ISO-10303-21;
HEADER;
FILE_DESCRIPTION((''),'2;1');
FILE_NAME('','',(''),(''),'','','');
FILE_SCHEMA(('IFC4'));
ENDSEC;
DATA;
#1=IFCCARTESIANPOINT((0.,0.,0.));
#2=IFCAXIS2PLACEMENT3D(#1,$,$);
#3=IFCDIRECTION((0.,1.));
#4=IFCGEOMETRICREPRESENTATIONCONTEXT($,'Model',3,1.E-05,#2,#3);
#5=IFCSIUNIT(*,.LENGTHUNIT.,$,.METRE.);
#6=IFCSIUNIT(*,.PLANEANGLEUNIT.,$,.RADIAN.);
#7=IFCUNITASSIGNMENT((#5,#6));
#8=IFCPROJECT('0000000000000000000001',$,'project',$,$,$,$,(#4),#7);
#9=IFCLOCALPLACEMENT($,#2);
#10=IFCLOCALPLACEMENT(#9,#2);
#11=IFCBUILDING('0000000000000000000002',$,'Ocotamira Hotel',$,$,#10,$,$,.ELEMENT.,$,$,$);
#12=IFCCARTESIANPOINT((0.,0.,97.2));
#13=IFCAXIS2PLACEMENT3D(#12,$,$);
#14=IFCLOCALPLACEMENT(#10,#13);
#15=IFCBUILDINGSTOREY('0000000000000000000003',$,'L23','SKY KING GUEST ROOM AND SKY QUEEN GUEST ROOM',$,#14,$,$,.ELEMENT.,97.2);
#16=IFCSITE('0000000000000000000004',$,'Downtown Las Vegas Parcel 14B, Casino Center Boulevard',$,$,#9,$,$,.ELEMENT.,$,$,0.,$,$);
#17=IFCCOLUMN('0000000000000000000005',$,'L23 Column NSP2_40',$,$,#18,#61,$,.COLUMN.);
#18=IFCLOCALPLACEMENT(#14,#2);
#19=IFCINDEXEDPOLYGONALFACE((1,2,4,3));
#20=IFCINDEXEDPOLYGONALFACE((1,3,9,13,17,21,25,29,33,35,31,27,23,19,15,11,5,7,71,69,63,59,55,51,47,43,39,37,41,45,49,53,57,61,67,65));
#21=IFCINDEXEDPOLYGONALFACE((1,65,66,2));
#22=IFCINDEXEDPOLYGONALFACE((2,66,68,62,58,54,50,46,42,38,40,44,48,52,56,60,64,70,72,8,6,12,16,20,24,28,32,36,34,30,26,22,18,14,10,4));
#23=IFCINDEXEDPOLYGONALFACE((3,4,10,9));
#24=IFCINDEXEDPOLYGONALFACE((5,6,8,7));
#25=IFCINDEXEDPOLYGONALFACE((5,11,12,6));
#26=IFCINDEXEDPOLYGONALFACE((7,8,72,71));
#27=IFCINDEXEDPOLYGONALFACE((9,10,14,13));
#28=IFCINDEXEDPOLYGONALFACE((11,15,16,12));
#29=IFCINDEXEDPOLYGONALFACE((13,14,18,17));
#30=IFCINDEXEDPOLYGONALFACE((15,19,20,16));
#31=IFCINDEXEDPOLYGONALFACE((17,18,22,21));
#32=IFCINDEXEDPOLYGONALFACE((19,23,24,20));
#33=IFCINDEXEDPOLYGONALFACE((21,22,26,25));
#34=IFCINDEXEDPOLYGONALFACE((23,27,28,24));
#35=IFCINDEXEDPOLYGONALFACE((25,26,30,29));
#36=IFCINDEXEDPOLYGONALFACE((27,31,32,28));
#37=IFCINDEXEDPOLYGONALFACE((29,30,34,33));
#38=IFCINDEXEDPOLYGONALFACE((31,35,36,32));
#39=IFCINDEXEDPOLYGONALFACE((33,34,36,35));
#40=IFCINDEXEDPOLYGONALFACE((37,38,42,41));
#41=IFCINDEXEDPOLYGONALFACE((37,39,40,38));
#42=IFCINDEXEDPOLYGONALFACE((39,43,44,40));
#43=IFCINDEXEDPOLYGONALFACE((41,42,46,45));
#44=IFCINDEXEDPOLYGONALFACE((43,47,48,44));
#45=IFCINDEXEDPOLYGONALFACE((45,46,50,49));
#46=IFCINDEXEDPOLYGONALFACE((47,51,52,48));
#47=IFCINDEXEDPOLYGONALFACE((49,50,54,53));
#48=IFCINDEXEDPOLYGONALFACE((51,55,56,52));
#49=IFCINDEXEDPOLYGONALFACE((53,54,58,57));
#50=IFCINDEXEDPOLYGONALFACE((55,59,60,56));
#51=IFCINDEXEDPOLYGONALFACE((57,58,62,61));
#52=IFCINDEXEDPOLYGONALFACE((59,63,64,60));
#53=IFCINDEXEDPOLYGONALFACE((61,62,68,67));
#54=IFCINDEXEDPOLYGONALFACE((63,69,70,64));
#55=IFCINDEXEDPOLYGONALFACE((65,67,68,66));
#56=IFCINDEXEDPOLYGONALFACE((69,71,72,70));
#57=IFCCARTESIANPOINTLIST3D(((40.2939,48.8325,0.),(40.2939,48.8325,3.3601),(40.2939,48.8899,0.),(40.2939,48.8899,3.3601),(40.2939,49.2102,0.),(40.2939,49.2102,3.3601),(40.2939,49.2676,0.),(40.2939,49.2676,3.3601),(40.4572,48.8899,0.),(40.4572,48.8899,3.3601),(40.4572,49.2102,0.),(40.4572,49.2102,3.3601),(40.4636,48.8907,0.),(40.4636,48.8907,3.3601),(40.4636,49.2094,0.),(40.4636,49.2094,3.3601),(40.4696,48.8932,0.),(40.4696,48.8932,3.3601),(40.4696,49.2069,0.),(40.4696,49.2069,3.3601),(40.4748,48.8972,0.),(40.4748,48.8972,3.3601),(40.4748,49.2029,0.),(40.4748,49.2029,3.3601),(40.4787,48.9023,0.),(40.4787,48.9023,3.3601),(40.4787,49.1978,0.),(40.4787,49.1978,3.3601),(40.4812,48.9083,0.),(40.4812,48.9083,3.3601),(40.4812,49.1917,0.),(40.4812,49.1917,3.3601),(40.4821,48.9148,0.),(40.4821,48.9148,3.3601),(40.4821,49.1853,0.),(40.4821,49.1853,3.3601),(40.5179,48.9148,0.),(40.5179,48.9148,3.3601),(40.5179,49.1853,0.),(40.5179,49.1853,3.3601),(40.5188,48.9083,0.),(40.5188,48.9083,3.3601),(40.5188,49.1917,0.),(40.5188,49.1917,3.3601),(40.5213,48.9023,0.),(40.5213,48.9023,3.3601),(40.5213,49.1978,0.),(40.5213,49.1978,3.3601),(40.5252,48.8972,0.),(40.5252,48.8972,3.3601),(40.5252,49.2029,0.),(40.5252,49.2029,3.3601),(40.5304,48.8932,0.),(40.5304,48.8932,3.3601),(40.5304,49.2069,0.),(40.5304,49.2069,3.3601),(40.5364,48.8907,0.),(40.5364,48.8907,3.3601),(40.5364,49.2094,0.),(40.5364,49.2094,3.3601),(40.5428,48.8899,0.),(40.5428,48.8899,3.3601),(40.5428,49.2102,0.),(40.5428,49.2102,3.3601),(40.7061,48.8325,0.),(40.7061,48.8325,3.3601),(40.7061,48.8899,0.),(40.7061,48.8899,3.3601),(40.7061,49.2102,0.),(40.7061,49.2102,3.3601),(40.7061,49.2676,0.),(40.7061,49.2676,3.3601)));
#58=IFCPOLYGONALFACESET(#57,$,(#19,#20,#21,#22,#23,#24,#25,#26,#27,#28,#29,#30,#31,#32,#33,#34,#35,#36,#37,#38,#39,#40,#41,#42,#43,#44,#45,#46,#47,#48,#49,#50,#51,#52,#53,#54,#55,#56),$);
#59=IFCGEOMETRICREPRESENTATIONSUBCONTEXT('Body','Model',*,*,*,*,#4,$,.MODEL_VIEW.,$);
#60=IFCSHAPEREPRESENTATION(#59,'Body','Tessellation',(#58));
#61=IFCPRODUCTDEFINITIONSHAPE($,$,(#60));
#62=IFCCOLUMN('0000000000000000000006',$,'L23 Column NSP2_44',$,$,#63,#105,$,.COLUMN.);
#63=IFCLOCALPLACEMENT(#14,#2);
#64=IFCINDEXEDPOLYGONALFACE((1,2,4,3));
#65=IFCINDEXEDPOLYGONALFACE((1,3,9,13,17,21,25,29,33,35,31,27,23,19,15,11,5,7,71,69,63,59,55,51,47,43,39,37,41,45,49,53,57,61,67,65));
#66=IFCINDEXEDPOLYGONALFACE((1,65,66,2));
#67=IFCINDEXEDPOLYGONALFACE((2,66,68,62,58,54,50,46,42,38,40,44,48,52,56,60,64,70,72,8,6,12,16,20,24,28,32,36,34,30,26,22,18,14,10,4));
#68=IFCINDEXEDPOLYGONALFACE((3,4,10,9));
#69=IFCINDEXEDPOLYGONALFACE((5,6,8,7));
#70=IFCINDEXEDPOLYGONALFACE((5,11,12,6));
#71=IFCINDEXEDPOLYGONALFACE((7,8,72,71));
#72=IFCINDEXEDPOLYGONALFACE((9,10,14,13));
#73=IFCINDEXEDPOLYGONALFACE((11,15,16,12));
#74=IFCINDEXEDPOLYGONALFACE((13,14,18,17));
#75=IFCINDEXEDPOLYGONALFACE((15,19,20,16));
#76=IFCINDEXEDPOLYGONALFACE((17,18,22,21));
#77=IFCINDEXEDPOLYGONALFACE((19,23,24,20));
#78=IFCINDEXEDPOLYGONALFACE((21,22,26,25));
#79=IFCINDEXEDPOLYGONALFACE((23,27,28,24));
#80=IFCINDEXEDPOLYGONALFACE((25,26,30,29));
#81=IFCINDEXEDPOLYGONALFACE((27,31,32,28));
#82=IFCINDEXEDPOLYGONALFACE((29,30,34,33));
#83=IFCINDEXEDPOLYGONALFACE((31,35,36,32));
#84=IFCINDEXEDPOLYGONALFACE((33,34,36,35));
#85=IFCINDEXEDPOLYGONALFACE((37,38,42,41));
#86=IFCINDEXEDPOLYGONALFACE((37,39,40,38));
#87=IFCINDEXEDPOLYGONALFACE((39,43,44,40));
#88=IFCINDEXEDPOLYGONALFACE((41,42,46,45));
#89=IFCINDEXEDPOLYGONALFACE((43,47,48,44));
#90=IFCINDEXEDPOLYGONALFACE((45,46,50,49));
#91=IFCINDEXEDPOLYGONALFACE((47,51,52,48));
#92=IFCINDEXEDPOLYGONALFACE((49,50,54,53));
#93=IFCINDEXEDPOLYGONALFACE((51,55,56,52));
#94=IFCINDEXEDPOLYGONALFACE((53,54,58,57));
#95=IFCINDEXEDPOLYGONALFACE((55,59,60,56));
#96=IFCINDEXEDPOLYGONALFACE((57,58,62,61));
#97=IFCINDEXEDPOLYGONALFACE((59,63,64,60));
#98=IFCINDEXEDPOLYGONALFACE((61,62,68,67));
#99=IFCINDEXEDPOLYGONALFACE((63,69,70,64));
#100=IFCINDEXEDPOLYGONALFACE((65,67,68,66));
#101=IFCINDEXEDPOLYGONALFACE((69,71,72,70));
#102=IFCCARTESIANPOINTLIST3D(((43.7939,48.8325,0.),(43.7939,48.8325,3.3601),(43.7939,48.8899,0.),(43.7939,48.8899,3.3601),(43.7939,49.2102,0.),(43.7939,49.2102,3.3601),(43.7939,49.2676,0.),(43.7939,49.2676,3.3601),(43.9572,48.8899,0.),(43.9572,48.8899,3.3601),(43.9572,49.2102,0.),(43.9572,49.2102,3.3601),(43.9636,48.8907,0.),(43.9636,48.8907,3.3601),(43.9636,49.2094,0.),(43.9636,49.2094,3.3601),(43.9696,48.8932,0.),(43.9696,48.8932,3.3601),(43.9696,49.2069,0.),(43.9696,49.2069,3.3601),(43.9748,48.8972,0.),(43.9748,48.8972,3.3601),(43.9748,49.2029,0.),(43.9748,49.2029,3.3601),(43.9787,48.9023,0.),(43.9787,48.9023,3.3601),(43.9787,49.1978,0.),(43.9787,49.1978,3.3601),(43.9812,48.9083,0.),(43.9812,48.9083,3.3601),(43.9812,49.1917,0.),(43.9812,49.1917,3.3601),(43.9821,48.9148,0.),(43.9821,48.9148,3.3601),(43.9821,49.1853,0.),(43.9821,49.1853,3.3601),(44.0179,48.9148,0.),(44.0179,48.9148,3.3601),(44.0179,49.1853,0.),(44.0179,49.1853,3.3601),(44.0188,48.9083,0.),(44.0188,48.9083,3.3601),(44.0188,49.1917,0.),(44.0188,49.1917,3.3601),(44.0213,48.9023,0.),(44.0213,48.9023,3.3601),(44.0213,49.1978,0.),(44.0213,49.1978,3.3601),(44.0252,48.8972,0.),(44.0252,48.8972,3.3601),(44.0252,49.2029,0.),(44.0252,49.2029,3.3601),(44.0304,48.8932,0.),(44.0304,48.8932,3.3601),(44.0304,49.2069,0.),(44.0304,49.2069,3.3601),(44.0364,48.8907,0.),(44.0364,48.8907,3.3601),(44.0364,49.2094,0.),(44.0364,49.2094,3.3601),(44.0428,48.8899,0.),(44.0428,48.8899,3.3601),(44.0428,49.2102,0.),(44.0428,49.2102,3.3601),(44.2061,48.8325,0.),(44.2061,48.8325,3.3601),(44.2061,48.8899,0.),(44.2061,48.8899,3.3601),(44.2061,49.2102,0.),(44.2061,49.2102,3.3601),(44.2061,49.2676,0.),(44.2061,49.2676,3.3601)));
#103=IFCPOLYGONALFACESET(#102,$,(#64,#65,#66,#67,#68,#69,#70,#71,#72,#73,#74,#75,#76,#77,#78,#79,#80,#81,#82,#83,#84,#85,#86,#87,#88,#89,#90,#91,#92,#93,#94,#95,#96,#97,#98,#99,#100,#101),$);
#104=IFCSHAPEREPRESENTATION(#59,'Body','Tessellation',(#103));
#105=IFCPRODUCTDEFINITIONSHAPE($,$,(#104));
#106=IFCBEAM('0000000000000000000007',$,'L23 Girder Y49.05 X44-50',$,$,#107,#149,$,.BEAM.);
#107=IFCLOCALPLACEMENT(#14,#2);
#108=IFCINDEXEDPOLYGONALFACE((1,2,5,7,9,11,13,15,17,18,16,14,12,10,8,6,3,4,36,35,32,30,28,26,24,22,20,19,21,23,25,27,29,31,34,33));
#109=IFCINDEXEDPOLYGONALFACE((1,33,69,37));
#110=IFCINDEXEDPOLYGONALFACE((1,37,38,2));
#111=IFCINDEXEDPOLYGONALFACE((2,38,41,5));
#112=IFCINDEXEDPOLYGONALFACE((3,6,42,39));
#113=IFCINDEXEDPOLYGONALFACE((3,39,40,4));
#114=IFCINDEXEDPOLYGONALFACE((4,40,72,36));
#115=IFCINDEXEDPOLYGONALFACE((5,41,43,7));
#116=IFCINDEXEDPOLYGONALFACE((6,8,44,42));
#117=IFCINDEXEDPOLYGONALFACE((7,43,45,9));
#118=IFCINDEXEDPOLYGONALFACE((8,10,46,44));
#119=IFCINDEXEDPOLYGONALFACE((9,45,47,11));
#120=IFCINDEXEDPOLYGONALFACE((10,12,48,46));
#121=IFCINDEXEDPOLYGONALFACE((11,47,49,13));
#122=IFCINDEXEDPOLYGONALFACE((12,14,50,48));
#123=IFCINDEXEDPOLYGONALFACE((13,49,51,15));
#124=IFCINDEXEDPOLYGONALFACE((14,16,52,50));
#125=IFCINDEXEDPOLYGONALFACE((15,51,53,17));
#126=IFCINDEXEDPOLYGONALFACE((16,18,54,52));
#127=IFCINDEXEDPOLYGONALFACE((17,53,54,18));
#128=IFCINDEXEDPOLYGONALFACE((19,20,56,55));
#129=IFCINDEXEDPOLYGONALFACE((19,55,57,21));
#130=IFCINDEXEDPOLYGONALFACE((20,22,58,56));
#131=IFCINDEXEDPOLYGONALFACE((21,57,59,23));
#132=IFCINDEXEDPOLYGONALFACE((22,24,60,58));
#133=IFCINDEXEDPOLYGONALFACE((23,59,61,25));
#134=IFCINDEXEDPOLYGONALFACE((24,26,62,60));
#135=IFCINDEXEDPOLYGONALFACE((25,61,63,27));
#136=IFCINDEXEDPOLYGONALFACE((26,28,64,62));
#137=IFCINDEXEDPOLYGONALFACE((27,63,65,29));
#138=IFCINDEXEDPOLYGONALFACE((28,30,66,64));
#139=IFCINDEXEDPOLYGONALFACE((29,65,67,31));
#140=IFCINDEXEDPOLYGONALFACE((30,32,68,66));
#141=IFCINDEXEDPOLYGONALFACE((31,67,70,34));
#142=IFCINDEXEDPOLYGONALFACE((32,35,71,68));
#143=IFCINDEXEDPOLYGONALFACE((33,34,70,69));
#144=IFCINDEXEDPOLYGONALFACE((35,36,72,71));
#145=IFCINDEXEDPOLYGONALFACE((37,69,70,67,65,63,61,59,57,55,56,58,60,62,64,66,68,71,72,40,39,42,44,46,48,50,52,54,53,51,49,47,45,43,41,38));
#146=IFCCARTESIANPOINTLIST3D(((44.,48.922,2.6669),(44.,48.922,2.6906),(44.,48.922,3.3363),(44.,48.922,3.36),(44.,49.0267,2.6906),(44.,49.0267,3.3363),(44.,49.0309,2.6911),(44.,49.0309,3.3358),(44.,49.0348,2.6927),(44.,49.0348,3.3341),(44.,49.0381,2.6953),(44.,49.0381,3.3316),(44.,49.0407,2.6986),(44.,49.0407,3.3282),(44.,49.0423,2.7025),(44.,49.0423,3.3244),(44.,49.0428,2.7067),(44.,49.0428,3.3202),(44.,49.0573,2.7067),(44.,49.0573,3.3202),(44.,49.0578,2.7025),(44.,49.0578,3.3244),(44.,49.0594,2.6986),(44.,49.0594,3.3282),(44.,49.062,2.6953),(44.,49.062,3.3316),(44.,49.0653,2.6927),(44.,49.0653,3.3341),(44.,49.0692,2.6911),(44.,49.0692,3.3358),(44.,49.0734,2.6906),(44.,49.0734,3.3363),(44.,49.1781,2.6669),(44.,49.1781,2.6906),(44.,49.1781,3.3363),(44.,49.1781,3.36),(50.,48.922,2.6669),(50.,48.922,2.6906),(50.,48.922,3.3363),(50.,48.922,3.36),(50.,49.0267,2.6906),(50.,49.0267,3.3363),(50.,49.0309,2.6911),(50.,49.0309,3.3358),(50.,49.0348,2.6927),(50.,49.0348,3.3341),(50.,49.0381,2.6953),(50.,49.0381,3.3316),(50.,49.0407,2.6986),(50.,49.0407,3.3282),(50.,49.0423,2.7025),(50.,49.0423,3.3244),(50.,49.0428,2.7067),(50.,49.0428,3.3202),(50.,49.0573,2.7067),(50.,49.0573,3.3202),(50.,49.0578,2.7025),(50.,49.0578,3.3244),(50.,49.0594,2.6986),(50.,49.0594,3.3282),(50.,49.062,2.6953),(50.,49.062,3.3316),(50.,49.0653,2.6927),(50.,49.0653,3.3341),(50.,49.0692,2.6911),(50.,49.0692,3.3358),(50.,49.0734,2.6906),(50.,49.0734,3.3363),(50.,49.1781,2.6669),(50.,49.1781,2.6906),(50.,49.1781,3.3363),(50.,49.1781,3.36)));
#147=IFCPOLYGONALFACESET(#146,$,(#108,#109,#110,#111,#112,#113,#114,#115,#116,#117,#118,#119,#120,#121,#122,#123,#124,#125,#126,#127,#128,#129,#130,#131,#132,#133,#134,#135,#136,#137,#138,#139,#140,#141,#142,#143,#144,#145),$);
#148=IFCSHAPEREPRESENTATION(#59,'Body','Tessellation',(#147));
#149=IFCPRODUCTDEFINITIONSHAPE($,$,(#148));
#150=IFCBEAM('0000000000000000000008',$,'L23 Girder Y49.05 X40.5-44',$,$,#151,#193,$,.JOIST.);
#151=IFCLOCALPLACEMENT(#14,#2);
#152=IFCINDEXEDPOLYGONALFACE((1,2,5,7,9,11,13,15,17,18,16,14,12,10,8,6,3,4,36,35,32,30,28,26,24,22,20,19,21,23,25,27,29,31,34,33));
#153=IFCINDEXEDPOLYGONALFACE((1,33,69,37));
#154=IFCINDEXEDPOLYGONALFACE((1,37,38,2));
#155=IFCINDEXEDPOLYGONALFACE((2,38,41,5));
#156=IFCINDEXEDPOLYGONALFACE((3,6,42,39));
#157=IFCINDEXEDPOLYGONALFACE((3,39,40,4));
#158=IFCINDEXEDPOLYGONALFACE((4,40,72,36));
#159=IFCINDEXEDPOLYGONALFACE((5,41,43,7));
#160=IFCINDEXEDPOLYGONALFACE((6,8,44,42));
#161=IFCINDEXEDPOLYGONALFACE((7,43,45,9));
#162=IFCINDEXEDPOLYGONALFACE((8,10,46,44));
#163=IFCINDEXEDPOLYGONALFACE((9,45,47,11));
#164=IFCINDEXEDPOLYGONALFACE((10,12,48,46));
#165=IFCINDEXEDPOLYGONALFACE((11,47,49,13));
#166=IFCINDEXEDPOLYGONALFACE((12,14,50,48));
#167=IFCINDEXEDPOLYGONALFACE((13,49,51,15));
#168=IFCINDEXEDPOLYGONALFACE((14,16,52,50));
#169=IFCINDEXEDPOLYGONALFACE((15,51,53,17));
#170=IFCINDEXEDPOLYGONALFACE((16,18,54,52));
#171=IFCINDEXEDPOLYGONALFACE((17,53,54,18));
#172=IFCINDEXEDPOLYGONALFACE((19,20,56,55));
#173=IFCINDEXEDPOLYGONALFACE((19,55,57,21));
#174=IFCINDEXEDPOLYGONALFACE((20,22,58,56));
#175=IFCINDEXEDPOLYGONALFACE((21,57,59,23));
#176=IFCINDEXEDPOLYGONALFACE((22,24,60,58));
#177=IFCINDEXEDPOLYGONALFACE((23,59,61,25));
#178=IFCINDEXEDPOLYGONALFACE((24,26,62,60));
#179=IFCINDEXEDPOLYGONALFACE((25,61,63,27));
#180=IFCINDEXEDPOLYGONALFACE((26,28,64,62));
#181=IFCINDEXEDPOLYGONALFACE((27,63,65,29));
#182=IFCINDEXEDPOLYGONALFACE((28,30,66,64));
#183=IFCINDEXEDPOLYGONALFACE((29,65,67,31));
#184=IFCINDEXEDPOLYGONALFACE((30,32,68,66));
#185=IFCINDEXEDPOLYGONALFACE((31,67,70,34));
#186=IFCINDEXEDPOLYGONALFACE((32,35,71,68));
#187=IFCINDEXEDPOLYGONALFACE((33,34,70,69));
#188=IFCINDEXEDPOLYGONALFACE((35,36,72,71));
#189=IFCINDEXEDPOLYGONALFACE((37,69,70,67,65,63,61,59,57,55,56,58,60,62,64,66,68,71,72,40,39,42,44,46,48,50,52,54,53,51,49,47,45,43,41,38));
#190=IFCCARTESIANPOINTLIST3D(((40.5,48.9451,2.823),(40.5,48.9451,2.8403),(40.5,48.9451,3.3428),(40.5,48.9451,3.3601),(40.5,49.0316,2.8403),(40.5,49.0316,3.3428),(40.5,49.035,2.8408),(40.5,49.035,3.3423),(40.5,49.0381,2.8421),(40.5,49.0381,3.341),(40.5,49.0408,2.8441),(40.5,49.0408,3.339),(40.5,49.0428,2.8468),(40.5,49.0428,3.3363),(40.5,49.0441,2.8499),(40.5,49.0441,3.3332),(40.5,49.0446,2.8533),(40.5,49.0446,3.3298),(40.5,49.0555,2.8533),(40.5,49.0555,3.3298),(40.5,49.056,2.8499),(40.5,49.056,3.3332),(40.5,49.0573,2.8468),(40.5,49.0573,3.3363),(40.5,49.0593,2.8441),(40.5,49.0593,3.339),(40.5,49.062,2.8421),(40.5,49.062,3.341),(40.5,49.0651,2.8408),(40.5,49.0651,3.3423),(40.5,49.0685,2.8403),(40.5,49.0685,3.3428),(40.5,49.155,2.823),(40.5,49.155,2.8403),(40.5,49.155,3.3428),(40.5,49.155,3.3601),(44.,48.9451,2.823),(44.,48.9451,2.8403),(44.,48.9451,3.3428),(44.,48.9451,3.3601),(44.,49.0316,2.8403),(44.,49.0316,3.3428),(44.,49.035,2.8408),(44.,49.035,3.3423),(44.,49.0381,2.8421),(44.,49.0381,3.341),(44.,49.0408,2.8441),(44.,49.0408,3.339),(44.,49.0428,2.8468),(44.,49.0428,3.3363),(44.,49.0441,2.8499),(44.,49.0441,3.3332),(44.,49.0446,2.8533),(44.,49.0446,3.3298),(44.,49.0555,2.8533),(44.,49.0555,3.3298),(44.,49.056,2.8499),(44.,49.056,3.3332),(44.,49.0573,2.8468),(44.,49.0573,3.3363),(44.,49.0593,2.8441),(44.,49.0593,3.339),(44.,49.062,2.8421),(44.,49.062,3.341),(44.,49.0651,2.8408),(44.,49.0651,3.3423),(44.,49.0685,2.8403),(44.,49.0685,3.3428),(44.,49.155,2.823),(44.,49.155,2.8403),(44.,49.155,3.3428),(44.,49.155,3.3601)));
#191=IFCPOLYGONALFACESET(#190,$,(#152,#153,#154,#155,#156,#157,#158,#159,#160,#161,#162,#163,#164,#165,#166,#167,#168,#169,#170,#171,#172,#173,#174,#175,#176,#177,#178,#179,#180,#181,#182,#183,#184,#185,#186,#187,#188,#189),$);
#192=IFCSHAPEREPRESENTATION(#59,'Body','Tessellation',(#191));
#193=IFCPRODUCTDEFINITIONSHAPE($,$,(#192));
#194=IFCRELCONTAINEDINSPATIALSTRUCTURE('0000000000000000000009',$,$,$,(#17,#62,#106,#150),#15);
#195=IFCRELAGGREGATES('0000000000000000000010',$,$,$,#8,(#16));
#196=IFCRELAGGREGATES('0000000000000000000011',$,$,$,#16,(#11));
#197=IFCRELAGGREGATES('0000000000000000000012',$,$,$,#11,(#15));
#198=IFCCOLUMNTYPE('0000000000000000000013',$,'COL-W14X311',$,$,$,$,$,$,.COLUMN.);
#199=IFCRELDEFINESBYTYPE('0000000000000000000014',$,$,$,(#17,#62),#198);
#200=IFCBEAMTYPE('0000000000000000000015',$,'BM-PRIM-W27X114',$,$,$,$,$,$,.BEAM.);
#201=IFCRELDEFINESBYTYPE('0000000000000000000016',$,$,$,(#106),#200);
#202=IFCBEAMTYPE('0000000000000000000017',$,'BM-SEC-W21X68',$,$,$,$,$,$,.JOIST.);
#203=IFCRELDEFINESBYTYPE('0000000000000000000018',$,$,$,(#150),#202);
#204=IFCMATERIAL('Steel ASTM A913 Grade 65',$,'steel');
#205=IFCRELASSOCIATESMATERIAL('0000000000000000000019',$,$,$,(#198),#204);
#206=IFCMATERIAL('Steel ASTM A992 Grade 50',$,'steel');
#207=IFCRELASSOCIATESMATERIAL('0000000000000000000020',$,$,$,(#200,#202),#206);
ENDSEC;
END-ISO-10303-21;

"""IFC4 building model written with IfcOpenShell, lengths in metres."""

from ifc_helpers import new_model, si_unit, direction, frame, origin, origin_2d, place, context, subcontext, project, spatial, i_section, extrude, source, transform, mapped, material, material_profile, profile_set, type_object, element, save


model = new_model("IFC4")

# Units and contexts
model_context = context("Model", 3, precision=1e-05, world=origin(), true_north=direction((0.0, 1.0)))
body_context = subcontext(model_context, "Body", "Model", "MODEL_VIEW")
ifc_project = project(units=[si_unit("LENGTHUNIT", "METRE"), si_unit("PLANEANGLEUNIT", "RADIAN")], contexts=[model_context])

# Site, building, storey
site_placement = place(None, origin())
site = spatial("IfcSite", under=ifc_project, at=site_placement, Name="Downtown Las Vegas Parcel 14B, Casino Center Boulevard", CompositionType="ELEMENT", RefElevation=0.0)
building_placement = place(site_placement, origin())
building = spatial("IfcBuilding", under=site, at=building_placement, Name="Ocotamira Hotel", CompositionType="ELEMENT")
storey_placement = place(building_placement, frame((0.0, 0.0, 97.2)))
storey = spatial("IfcBuildingStorey", under=building, at=storey_placement, Name="L23", Description="SKY KING GUEST ROOM AND SKY QUEEN GUEST ROOM", CompositionType="ELEMENT", Elevation=97.2)

# Columns
ifc_material_1 = material(Name="Steel ASTM A913 Grade 65", Category="steel")
ifc_material_profile_1 = material_profile(ifc_material_1, i_section(OverallWidth=0.4121, OverallDepth=0.4351, WebThickness=0.0359, FlangeThickness=0.0574, FilletRadius=0.0249, at=origin_2d()), Name="W14X311")
ifc_profile_set_1 = profile_set([ifc_material_profile_1], Name="Steel ASTM A913 Grade 65")
column_type = type_object("IfcColumnType", Name="COL-W14X311", PredefinedType="COLUMN", material=ifc_profile_set_1)
shared_shape_1 = source(origin(), body_context, "Body", "SweptSolid", [
    extrude(i_section(OverallWidth=0.4121, OverallDepth=0.4351, WebThickness=0.0359, FlangeThickness=0.0574, FilletRadius=0.0249, at=origin_2d()), origin(), (0.0, 0.0, 1.0), 3.3601),
])
for number, where, z_axis, x_axis, name in (
    (1, (40.5, 49.05, 0.0), (0.0, 0.0, 1.0), (1.0, 0.0, 0.0), "L23 Column NSP2_40"),
    (2, (44.0, 49.05, 0.0), (0.0, 0.0, 1.0), (1.0, 0.0, 0.0), "L23 Column NSP2_44"),
):
    element("IfcColumn", number, at=place(storey_placement, frame(where, z_axis=z_axis, x_axis=x_axis)), inside=storey, type_object=column_type, Name=name, PredefinedType="COLUMN", context=body_context, shape_type="MappedRepresentation", body=[
        mapped(shared_shape_1, transform((0.0, 0.0, 0.0), scale=1.0)),
    ])

# Beams
ifc_material_2 = material(Name="Steel ASTM A992 Grade 50", Category="steel")
ifc_material_profile_2 = material_profile(ifc_material_2, i_section(OverallWidth=0.2561, OverallDepth=0.6931, WebThickness=0.0144, FlangeThickness=0.0237, FilletRadius=0.0161, at=origin_2d()), Name="W27X114")
ifc_profile_set_2 = profile_set([ifc_material_profile_2], Name="Steel ASTM A992 Grade 50")
beam_type_1 = type_object("IfcBeamType", Name="BM-PRIM-W27X114", PredefinedType="BEAM", material=ifc_profile_set_2)
shared_shape_2 = source(origin(), body_context, "Body", "SweptSolid", [
    extrude(i_section(OverallWidth=0.2561, OverallDepth=0.6931, WebThickness=0.0144, FlangeThickness=0.0237, FilletRadius=0.0161, at=origin_2d()), origin(), (0.0, 0.0, 1.0), 6.0),
])
beam_1_placement = place(storey_placement, frame((44.0, 49.05, 3.0134), z_axis=(1.0, 0.0, 0.0), x_axis=(0.0, 1.0, 0.0)))
element("IfcBeam", 3, at=beam_1_placement, inside=storey, type_object=beam_type_1, Name="L23 Girder Y49.05 X44-50", PredefinedType="BEAM", context=body_context, shape_type="MappedRepresentation", body=[
    mapped(shared_shape_2, transform((0.0, 0.0, 0.0), scale=1.0)),
])
ifc_material_profile_3 = material_profile(ifc_material_2, i_section(OverallWidth=0.21, OverallDepth=0.5371, WebThickness=0.011, FlangeThickness=0.0173, FilletRadius=0.0129, at=origin_2d()), Name="W21X68")
ifc_profile_set_3 = profile_set([ifc_material_profile_3], Name="Steel ASTM A992 Grade 50")
beam_type_2 = type_object("IfcBeamType", Name="BM-SEC-W21X68", PredefinedType="JOIST", material=ifc_profile_set_3)
shared_shape_3 = source(origin(), body_context, "Body", "SweptSolid", [
    extrude(i_section(OverallWidth=0.21, OverallDepth=0.5371, WebThickness=0.011, FlangeThickness=0.0173, FilletRadius=0.0129, at=origin_2d()), origin(), (0.0, 0.0, 1.0), 3.5),
])
beam_2_placement = place(storey_placement, frame((40.5, 49.05, 3.0916), z_axis=(1.0, 0.0, 0.0), x_axis=(0.0, 1.0, 0.0)))
element("IfcBeam", 4, at=beam_2_placement, inside=storey, type_object=beam_type_2, Name="L23 Girder Y49.05 X40.5-44", PredefinedType="JOIST", context=body_context, shape_type="MappedRepresentation", body=[
    mapped(shared_shape_3, transform((0.0, 0.0, 0.0), scale=1.0)),
])

save(model, "model.ifc")
